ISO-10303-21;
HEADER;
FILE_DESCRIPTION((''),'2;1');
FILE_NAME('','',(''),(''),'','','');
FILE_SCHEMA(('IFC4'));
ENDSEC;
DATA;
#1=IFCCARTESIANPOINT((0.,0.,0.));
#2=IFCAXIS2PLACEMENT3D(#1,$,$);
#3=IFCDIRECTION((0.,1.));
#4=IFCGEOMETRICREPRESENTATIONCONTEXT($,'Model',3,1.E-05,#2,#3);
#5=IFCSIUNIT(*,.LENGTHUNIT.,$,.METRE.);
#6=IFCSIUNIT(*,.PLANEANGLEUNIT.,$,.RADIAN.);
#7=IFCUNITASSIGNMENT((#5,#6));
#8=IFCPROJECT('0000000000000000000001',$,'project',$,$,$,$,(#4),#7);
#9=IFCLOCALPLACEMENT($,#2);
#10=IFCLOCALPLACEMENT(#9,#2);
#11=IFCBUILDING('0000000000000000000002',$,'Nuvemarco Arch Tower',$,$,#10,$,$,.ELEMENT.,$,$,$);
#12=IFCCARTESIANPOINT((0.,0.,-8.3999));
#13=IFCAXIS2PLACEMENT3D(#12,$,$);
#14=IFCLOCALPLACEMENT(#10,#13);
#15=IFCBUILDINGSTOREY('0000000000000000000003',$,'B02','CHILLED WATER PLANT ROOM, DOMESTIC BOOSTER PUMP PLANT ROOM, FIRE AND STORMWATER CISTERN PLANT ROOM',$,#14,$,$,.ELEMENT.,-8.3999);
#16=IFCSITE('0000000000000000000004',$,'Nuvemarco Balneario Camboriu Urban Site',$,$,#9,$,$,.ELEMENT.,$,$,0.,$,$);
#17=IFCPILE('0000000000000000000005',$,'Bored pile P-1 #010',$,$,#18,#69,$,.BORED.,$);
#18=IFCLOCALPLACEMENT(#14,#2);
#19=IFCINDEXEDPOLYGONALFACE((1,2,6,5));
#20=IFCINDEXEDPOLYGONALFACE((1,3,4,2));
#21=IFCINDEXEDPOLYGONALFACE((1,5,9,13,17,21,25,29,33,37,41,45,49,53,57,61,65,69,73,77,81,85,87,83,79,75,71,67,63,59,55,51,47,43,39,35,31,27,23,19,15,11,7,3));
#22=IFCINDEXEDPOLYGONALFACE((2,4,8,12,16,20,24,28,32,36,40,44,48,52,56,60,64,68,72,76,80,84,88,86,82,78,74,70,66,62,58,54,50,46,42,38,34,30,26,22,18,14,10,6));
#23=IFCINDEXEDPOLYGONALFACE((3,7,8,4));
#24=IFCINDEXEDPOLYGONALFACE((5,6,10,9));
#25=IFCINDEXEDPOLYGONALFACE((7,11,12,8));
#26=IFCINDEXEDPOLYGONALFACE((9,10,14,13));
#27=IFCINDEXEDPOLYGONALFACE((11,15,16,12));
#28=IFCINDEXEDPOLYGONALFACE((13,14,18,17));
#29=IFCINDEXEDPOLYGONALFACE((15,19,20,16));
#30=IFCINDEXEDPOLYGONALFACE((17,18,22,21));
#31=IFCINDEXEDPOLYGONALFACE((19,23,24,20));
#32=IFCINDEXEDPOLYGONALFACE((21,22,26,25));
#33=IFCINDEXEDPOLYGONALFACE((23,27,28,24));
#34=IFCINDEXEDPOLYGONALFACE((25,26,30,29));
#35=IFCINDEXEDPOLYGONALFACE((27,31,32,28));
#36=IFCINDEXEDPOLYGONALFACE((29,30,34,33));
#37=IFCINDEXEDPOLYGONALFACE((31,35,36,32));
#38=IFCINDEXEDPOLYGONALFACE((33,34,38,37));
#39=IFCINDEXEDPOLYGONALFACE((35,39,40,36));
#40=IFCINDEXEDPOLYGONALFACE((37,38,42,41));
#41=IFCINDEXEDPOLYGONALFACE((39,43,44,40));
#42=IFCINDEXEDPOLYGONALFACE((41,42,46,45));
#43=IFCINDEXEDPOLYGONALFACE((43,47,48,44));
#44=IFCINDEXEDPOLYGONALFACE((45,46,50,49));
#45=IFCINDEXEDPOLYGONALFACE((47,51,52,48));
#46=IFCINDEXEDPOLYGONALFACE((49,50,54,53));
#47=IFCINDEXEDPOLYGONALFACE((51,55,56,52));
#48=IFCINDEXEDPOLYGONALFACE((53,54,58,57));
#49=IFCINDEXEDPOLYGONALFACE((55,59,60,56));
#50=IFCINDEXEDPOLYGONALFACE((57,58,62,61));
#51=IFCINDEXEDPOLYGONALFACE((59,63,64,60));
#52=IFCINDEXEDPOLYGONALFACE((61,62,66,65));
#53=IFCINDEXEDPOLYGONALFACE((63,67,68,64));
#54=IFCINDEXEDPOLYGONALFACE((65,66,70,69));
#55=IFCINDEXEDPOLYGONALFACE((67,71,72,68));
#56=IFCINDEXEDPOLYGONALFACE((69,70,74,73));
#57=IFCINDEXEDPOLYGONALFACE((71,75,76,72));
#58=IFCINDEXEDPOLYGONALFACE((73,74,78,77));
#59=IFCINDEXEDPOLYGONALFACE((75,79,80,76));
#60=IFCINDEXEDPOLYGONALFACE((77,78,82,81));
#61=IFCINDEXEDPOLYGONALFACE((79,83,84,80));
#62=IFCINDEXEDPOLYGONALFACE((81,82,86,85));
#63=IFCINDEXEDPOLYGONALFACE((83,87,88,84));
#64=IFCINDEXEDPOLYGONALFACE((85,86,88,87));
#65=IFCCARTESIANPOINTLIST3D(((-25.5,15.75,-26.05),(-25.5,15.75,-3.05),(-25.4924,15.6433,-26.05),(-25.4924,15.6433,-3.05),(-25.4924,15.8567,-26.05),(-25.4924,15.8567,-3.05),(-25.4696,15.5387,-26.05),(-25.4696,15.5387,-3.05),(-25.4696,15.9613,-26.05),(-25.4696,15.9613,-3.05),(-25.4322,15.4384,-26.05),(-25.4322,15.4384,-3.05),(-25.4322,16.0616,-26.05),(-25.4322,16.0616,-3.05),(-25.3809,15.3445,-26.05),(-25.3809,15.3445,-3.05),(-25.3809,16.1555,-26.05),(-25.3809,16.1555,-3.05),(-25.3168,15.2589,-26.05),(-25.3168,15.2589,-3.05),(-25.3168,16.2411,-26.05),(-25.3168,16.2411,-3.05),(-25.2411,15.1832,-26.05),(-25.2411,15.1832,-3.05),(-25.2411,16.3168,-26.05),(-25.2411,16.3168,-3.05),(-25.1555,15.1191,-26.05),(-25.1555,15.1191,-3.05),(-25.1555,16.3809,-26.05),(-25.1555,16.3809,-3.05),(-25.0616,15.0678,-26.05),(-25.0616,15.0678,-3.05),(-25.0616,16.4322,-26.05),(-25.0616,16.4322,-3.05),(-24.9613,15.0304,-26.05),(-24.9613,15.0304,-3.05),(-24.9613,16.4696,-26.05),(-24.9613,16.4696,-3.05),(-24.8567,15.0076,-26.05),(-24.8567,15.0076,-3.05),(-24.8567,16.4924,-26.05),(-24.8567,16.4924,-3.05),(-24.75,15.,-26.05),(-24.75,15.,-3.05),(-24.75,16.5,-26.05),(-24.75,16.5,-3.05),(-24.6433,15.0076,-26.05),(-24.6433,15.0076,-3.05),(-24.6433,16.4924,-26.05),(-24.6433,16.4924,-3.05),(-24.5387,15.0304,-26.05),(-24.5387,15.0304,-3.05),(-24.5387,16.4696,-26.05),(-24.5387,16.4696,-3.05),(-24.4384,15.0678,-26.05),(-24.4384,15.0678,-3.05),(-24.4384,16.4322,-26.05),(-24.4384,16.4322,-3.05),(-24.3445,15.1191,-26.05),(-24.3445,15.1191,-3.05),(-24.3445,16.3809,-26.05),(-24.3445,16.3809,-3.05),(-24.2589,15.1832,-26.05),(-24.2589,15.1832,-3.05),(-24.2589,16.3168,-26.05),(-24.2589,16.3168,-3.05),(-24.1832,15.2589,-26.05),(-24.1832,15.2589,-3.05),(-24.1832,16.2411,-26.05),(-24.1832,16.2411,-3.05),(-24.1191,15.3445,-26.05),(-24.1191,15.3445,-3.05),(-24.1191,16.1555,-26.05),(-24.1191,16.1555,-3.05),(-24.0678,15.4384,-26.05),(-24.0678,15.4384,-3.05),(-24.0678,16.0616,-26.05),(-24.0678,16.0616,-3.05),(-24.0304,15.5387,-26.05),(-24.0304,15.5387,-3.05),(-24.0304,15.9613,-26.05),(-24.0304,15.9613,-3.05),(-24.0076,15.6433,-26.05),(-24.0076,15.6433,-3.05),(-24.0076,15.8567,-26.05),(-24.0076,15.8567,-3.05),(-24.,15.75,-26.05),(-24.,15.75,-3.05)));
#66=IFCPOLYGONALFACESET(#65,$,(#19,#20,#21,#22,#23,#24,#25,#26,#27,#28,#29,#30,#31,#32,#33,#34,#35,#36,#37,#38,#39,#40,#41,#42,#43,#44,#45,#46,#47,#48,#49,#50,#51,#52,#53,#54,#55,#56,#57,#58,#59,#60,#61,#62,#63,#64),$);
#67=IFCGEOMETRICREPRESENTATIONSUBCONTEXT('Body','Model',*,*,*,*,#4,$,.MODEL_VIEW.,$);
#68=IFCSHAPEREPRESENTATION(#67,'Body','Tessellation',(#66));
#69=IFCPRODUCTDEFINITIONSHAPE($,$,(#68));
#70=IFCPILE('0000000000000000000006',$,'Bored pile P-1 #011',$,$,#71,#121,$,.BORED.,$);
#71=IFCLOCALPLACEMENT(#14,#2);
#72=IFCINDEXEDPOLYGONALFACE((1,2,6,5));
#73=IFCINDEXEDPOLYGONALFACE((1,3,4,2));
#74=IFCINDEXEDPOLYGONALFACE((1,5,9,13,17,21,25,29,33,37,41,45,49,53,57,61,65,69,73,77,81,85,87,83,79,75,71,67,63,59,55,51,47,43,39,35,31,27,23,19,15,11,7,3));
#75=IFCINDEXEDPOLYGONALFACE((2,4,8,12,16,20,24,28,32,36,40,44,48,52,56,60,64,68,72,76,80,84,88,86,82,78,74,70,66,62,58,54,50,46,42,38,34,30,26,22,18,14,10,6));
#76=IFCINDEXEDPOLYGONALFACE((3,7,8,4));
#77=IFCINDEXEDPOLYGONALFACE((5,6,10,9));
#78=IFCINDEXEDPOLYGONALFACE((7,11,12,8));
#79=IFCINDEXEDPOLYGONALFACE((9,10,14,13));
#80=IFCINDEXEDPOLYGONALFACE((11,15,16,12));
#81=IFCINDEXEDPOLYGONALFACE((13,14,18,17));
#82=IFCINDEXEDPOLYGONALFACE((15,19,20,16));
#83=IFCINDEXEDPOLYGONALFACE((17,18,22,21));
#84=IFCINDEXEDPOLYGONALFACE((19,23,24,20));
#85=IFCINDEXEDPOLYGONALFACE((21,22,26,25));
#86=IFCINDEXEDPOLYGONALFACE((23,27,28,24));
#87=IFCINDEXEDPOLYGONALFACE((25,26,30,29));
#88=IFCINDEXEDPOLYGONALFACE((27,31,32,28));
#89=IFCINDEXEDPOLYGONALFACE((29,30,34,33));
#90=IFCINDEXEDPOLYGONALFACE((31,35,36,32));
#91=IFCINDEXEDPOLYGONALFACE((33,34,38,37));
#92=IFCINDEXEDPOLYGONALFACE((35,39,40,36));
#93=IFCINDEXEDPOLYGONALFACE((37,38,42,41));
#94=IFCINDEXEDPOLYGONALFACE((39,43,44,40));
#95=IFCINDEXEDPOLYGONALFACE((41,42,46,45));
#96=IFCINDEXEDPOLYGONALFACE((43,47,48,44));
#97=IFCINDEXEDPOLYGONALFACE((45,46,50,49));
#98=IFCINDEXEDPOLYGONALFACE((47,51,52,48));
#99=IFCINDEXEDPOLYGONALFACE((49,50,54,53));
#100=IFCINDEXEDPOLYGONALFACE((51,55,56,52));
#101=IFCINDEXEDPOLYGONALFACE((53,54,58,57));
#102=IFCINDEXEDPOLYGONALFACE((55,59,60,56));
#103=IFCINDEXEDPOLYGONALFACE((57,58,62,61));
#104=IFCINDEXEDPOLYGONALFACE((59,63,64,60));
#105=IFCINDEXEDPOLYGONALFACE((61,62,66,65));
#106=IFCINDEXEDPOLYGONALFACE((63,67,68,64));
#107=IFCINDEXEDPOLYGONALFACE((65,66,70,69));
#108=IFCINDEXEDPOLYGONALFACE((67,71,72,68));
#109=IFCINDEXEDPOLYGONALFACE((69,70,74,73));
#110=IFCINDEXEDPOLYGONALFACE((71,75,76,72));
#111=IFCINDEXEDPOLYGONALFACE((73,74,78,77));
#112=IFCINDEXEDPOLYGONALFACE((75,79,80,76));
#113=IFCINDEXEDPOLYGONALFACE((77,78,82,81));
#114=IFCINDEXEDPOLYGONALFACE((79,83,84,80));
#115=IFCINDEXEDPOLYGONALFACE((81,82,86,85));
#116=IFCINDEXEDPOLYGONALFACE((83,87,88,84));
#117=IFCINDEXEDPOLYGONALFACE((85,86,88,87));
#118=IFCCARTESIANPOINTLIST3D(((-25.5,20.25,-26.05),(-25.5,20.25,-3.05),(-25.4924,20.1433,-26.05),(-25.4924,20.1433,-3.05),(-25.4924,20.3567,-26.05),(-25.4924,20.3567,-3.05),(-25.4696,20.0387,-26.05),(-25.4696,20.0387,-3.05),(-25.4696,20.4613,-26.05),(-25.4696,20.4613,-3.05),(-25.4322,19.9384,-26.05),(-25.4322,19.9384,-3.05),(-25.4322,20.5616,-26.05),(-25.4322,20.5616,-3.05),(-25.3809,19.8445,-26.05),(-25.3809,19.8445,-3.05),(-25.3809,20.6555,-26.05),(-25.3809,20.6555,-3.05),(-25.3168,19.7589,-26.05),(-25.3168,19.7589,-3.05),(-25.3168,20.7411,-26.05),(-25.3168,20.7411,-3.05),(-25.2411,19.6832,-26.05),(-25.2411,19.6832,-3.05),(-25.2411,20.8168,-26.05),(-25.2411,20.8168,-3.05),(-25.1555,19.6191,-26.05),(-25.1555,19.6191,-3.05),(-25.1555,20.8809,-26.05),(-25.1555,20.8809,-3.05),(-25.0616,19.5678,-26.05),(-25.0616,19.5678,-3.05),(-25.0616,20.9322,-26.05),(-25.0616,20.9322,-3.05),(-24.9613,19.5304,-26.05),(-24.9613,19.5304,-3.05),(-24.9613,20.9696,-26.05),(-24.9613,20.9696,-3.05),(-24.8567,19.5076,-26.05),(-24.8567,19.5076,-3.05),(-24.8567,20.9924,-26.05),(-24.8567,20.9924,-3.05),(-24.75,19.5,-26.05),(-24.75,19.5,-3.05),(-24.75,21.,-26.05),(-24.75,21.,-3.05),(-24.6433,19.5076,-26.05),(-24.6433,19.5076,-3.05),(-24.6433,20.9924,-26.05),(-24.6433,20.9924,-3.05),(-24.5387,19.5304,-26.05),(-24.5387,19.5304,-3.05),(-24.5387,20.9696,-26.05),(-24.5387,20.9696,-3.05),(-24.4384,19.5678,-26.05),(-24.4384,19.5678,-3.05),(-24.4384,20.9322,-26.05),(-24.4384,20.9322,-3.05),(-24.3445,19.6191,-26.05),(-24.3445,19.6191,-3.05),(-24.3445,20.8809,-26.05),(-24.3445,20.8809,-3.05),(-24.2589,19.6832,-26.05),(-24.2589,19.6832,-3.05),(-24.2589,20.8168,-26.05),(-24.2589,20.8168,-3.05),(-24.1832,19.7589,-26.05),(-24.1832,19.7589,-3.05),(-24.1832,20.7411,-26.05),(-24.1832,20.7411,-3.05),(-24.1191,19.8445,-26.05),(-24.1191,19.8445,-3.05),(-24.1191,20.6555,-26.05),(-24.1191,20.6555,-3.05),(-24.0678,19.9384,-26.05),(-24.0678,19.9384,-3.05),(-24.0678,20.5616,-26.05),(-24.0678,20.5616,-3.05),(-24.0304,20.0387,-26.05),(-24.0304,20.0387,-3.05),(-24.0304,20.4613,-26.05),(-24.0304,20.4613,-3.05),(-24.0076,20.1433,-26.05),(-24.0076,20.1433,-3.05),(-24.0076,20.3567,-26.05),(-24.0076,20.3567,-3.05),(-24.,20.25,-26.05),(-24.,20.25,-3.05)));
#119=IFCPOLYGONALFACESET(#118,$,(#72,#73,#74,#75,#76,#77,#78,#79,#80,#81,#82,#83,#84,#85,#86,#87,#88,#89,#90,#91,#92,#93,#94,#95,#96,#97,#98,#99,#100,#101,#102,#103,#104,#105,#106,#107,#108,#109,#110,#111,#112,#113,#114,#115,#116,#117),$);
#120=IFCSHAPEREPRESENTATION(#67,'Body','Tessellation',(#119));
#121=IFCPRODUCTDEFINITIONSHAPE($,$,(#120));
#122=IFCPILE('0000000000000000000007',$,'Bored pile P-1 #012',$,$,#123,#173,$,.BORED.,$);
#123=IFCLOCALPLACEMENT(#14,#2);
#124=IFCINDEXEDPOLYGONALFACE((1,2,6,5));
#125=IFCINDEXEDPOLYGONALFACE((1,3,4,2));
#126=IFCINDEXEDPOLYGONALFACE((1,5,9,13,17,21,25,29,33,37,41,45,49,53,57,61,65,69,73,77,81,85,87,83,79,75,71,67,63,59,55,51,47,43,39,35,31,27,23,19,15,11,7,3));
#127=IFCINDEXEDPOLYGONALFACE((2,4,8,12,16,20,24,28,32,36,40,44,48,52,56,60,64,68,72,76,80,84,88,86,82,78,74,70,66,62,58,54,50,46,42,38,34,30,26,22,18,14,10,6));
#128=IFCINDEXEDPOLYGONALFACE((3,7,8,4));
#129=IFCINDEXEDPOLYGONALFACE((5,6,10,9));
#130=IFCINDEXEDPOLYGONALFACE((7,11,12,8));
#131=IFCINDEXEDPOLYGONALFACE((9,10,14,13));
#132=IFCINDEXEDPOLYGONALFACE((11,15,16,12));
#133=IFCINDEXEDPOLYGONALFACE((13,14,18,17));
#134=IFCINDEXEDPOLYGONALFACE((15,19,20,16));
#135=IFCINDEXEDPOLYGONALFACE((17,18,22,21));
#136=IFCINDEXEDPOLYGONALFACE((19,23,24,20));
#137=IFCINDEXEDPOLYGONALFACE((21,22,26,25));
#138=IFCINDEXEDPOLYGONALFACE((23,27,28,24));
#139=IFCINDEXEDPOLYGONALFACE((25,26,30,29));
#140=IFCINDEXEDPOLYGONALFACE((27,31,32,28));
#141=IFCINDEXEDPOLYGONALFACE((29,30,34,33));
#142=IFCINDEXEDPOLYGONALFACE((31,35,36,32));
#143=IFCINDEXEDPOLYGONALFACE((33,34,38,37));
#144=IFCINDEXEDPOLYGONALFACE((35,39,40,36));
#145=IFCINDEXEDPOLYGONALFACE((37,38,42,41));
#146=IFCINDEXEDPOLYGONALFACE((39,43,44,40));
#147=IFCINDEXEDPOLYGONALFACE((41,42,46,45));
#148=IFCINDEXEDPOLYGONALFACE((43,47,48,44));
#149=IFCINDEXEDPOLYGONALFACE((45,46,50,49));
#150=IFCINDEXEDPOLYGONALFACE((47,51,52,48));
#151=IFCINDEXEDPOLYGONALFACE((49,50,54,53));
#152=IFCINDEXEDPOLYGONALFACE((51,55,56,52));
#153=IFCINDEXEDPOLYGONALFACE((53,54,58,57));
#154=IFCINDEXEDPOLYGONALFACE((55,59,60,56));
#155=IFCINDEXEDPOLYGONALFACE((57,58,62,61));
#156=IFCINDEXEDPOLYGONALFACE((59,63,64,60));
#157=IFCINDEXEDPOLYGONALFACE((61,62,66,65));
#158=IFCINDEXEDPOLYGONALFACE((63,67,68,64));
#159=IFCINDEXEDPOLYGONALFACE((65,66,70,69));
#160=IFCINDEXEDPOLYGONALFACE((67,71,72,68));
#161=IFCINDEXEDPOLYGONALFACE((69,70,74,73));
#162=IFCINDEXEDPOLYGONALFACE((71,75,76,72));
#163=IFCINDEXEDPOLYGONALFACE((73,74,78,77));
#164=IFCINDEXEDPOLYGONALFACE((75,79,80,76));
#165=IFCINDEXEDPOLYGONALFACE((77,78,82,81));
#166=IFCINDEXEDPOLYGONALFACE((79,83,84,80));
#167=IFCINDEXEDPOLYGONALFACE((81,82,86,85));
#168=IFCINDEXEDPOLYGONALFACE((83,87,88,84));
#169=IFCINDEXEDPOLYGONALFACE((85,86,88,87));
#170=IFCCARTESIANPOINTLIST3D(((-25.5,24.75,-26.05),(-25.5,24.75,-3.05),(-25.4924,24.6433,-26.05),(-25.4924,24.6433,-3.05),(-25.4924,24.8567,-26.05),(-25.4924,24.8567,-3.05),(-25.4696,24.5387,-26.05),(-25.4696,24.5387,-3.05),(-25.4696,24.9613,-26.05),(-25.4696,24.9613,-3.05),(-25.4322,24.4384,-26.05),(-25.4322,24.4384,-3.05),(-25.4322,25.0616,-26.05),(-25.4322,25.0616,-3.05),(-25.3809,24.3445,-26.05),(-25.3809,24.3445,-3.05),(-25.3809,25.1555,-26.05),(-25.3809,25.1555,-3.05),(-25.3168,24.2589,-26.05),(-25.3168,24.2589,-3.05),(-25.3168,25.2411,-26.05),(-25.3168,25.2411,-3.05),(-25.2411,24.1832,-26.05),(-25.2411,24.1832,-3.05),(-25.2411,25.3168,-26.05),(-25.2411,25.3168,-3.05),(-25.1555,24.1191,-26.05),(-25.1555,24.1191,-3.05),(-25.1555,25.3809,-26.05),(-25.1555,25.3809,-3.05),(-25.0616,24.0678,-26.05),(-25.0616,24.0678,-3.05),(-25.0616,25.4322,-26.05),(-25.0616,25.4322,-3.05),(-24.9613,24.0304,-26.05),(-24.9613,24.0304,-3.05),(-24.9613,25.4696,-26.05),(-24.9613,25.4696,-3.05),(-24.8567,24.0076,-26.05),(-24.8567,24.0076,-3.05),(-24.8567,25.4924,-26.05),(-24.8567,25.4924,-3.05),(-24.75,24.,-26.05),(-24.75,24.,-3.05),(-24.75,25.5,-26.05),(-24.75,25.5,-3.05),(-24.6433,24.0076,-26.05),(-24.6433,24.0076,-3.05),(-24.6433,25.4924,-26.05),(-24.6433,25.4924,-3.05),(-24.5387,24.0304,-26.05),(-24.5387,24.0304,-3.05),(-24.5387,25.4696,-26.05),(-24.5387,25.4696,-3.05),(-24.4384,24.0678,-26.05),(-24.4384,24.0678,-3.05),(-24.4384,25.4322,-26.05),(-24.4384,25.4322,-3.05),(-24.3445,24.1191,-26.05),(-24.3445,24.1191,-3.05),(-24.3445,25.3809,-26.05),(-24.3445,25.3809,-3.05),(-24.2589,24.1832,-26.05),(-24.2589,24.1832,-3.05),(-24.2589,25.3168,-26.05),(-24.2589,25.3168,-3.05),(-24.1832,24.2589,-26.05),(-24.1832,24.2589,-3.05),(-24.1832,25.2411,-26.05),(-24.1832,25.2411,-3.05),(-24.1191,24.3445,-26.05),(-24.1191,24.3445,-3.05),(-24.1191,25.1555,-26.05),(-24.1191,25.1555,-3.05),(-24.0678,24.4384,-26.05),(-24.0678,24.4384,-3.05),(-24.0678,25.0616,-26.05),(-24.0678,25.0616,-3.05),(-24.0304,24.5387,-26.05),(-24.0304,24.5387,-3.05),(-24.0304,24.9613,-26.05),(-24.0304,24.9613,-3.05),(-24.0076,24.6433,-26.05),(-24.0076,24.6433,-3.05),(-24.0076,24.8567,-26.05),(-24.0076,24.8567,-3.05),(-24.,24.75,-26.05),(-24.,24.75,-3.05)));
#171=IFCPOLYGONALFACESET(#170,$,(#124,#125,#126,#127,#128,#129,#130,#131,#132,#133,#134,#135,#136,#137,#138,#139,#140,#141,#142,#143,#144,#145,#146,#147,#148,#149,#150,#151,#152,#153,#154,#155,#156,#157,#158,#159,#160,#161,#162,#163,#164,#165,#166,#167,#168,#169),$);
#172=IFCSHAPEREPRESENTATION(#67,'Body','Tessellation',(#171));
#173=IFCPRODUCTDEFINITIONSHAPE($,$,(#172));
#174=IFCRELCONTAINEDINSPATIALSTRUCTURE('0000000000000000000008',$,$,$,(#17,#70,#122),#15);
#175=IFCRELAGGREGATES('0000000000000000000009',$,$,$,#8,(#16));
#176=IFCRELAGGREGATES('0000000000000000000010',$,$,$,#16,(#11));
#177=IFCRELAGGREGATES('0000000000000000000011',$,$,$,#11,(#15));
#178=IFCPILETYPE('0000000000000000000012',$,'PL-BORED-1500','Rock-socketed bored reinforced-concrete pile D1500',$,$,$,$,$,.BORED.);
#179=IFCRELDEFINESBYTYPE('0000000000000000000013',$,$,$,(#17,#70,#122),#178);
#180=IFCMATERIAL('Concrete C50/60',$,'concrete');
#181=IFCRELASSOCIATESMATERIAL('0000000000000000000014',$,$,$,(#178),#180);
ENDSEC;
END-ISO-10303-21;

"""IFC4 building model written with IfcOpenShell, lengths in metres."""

from ifc_helpers import new_model, si_unit, direction, frame, origin, origin_2d, place, context, subcontext, project, spatial, circle, extrude, material, material_profile, profile_set, type_object, element, save


model = new_model("IFC4")

# Units and contexts
model_context = context("Model", 3, precision=1e-05, world=origin(), true_north=direction((0.0, 1.0)))
body_context = subcontext(model_context, "Body", "Model", "MODEL_VIEW")
ifc_project = project(units=[si_unit("LENGTHUNIT", "METRE"), si_unit("PLANEANGLEUNIT", "RADIAN")], contexts=[model_context])

# Site, building, storey
site_placement = place(None, origin())
site = spatial("IfcSite", under=ifc_project, at=site_placement, Name="Nuvemarco Balneario Camboriu Urban Site", CompositionType="ELEMENT", RefElevation=0.0)
building_placement = place(site_placement, origin())
building = spatial("IfcBuilding", under=site, at=building_placement, Name="Nuvemarco Arch Tower", CompositionType="ELEMENT")
storey_placement = place(building_placement, frame((0.0, 0.0, -8.3999)))
storey = spatial("IfcBuildingStorey", under=building, at=storey_placement, Name="B02", Description="CHILLED WATER PLANT ROOM, DOMESTIC BOOSTER PUMP PLANT ROOM, FIRE AND STORMWATER CISTERN PLANT ROOM", CompositionType="ELEMENT", Elevation=-8.3999)

# Piles
ifc_material_1 = material(Name="Concrete C50/60", Category="concrete")
ifc_material_profile_1 = material_profile(ifc_material_1, circle(Radius=0.75, at=origin_2d()), Name="PILE-D1500")
ifc_profile_set_1 = profile_set([ifc_material_profile_1], Name="Concrete C50/60")
pile_type = type_object("IfcPileType", Name="PL-BORED-1500", Description="Rock-socketed bored reinforced-concrete pile D1500", PredefinedType="BORED", material=ifc_profile_set_1)
for number, where, z_axis, x_axis, name in (
    (1, (-24.75, 15.75, -3.05), (0.0, 0.0, -1.0), (1.0, 0.0, 0.0), "Bored pile P-1 #010"),
    (2, (-24.75, 20.25, -3.05), (0.0, 0.0, -1.0), (1.0, 0.0, 0.0), "Bored pile P-1 #011"),
    (3, (-24.75, 24.75, -3.05), (0.0, 0.0, -1.0), (1.0, 0.0, 0.0), "Bored pile P-1 #012"),
):
    element("IfcPile", number, at=place(storey_placement, frame(where, z_axis=z_axis, x_axis=x_axis)), inside=storey, type_object=pile_type, Name=name, PredefinedType="BORED", context=body_context, shape_type="SweptSolid", body=[
        extrude(circle(Radius=0.75, at=origin_2d()), origin(), (0.0, 0.0, 1.0), 23.0),
    ])

save(model, "model.ifc")
